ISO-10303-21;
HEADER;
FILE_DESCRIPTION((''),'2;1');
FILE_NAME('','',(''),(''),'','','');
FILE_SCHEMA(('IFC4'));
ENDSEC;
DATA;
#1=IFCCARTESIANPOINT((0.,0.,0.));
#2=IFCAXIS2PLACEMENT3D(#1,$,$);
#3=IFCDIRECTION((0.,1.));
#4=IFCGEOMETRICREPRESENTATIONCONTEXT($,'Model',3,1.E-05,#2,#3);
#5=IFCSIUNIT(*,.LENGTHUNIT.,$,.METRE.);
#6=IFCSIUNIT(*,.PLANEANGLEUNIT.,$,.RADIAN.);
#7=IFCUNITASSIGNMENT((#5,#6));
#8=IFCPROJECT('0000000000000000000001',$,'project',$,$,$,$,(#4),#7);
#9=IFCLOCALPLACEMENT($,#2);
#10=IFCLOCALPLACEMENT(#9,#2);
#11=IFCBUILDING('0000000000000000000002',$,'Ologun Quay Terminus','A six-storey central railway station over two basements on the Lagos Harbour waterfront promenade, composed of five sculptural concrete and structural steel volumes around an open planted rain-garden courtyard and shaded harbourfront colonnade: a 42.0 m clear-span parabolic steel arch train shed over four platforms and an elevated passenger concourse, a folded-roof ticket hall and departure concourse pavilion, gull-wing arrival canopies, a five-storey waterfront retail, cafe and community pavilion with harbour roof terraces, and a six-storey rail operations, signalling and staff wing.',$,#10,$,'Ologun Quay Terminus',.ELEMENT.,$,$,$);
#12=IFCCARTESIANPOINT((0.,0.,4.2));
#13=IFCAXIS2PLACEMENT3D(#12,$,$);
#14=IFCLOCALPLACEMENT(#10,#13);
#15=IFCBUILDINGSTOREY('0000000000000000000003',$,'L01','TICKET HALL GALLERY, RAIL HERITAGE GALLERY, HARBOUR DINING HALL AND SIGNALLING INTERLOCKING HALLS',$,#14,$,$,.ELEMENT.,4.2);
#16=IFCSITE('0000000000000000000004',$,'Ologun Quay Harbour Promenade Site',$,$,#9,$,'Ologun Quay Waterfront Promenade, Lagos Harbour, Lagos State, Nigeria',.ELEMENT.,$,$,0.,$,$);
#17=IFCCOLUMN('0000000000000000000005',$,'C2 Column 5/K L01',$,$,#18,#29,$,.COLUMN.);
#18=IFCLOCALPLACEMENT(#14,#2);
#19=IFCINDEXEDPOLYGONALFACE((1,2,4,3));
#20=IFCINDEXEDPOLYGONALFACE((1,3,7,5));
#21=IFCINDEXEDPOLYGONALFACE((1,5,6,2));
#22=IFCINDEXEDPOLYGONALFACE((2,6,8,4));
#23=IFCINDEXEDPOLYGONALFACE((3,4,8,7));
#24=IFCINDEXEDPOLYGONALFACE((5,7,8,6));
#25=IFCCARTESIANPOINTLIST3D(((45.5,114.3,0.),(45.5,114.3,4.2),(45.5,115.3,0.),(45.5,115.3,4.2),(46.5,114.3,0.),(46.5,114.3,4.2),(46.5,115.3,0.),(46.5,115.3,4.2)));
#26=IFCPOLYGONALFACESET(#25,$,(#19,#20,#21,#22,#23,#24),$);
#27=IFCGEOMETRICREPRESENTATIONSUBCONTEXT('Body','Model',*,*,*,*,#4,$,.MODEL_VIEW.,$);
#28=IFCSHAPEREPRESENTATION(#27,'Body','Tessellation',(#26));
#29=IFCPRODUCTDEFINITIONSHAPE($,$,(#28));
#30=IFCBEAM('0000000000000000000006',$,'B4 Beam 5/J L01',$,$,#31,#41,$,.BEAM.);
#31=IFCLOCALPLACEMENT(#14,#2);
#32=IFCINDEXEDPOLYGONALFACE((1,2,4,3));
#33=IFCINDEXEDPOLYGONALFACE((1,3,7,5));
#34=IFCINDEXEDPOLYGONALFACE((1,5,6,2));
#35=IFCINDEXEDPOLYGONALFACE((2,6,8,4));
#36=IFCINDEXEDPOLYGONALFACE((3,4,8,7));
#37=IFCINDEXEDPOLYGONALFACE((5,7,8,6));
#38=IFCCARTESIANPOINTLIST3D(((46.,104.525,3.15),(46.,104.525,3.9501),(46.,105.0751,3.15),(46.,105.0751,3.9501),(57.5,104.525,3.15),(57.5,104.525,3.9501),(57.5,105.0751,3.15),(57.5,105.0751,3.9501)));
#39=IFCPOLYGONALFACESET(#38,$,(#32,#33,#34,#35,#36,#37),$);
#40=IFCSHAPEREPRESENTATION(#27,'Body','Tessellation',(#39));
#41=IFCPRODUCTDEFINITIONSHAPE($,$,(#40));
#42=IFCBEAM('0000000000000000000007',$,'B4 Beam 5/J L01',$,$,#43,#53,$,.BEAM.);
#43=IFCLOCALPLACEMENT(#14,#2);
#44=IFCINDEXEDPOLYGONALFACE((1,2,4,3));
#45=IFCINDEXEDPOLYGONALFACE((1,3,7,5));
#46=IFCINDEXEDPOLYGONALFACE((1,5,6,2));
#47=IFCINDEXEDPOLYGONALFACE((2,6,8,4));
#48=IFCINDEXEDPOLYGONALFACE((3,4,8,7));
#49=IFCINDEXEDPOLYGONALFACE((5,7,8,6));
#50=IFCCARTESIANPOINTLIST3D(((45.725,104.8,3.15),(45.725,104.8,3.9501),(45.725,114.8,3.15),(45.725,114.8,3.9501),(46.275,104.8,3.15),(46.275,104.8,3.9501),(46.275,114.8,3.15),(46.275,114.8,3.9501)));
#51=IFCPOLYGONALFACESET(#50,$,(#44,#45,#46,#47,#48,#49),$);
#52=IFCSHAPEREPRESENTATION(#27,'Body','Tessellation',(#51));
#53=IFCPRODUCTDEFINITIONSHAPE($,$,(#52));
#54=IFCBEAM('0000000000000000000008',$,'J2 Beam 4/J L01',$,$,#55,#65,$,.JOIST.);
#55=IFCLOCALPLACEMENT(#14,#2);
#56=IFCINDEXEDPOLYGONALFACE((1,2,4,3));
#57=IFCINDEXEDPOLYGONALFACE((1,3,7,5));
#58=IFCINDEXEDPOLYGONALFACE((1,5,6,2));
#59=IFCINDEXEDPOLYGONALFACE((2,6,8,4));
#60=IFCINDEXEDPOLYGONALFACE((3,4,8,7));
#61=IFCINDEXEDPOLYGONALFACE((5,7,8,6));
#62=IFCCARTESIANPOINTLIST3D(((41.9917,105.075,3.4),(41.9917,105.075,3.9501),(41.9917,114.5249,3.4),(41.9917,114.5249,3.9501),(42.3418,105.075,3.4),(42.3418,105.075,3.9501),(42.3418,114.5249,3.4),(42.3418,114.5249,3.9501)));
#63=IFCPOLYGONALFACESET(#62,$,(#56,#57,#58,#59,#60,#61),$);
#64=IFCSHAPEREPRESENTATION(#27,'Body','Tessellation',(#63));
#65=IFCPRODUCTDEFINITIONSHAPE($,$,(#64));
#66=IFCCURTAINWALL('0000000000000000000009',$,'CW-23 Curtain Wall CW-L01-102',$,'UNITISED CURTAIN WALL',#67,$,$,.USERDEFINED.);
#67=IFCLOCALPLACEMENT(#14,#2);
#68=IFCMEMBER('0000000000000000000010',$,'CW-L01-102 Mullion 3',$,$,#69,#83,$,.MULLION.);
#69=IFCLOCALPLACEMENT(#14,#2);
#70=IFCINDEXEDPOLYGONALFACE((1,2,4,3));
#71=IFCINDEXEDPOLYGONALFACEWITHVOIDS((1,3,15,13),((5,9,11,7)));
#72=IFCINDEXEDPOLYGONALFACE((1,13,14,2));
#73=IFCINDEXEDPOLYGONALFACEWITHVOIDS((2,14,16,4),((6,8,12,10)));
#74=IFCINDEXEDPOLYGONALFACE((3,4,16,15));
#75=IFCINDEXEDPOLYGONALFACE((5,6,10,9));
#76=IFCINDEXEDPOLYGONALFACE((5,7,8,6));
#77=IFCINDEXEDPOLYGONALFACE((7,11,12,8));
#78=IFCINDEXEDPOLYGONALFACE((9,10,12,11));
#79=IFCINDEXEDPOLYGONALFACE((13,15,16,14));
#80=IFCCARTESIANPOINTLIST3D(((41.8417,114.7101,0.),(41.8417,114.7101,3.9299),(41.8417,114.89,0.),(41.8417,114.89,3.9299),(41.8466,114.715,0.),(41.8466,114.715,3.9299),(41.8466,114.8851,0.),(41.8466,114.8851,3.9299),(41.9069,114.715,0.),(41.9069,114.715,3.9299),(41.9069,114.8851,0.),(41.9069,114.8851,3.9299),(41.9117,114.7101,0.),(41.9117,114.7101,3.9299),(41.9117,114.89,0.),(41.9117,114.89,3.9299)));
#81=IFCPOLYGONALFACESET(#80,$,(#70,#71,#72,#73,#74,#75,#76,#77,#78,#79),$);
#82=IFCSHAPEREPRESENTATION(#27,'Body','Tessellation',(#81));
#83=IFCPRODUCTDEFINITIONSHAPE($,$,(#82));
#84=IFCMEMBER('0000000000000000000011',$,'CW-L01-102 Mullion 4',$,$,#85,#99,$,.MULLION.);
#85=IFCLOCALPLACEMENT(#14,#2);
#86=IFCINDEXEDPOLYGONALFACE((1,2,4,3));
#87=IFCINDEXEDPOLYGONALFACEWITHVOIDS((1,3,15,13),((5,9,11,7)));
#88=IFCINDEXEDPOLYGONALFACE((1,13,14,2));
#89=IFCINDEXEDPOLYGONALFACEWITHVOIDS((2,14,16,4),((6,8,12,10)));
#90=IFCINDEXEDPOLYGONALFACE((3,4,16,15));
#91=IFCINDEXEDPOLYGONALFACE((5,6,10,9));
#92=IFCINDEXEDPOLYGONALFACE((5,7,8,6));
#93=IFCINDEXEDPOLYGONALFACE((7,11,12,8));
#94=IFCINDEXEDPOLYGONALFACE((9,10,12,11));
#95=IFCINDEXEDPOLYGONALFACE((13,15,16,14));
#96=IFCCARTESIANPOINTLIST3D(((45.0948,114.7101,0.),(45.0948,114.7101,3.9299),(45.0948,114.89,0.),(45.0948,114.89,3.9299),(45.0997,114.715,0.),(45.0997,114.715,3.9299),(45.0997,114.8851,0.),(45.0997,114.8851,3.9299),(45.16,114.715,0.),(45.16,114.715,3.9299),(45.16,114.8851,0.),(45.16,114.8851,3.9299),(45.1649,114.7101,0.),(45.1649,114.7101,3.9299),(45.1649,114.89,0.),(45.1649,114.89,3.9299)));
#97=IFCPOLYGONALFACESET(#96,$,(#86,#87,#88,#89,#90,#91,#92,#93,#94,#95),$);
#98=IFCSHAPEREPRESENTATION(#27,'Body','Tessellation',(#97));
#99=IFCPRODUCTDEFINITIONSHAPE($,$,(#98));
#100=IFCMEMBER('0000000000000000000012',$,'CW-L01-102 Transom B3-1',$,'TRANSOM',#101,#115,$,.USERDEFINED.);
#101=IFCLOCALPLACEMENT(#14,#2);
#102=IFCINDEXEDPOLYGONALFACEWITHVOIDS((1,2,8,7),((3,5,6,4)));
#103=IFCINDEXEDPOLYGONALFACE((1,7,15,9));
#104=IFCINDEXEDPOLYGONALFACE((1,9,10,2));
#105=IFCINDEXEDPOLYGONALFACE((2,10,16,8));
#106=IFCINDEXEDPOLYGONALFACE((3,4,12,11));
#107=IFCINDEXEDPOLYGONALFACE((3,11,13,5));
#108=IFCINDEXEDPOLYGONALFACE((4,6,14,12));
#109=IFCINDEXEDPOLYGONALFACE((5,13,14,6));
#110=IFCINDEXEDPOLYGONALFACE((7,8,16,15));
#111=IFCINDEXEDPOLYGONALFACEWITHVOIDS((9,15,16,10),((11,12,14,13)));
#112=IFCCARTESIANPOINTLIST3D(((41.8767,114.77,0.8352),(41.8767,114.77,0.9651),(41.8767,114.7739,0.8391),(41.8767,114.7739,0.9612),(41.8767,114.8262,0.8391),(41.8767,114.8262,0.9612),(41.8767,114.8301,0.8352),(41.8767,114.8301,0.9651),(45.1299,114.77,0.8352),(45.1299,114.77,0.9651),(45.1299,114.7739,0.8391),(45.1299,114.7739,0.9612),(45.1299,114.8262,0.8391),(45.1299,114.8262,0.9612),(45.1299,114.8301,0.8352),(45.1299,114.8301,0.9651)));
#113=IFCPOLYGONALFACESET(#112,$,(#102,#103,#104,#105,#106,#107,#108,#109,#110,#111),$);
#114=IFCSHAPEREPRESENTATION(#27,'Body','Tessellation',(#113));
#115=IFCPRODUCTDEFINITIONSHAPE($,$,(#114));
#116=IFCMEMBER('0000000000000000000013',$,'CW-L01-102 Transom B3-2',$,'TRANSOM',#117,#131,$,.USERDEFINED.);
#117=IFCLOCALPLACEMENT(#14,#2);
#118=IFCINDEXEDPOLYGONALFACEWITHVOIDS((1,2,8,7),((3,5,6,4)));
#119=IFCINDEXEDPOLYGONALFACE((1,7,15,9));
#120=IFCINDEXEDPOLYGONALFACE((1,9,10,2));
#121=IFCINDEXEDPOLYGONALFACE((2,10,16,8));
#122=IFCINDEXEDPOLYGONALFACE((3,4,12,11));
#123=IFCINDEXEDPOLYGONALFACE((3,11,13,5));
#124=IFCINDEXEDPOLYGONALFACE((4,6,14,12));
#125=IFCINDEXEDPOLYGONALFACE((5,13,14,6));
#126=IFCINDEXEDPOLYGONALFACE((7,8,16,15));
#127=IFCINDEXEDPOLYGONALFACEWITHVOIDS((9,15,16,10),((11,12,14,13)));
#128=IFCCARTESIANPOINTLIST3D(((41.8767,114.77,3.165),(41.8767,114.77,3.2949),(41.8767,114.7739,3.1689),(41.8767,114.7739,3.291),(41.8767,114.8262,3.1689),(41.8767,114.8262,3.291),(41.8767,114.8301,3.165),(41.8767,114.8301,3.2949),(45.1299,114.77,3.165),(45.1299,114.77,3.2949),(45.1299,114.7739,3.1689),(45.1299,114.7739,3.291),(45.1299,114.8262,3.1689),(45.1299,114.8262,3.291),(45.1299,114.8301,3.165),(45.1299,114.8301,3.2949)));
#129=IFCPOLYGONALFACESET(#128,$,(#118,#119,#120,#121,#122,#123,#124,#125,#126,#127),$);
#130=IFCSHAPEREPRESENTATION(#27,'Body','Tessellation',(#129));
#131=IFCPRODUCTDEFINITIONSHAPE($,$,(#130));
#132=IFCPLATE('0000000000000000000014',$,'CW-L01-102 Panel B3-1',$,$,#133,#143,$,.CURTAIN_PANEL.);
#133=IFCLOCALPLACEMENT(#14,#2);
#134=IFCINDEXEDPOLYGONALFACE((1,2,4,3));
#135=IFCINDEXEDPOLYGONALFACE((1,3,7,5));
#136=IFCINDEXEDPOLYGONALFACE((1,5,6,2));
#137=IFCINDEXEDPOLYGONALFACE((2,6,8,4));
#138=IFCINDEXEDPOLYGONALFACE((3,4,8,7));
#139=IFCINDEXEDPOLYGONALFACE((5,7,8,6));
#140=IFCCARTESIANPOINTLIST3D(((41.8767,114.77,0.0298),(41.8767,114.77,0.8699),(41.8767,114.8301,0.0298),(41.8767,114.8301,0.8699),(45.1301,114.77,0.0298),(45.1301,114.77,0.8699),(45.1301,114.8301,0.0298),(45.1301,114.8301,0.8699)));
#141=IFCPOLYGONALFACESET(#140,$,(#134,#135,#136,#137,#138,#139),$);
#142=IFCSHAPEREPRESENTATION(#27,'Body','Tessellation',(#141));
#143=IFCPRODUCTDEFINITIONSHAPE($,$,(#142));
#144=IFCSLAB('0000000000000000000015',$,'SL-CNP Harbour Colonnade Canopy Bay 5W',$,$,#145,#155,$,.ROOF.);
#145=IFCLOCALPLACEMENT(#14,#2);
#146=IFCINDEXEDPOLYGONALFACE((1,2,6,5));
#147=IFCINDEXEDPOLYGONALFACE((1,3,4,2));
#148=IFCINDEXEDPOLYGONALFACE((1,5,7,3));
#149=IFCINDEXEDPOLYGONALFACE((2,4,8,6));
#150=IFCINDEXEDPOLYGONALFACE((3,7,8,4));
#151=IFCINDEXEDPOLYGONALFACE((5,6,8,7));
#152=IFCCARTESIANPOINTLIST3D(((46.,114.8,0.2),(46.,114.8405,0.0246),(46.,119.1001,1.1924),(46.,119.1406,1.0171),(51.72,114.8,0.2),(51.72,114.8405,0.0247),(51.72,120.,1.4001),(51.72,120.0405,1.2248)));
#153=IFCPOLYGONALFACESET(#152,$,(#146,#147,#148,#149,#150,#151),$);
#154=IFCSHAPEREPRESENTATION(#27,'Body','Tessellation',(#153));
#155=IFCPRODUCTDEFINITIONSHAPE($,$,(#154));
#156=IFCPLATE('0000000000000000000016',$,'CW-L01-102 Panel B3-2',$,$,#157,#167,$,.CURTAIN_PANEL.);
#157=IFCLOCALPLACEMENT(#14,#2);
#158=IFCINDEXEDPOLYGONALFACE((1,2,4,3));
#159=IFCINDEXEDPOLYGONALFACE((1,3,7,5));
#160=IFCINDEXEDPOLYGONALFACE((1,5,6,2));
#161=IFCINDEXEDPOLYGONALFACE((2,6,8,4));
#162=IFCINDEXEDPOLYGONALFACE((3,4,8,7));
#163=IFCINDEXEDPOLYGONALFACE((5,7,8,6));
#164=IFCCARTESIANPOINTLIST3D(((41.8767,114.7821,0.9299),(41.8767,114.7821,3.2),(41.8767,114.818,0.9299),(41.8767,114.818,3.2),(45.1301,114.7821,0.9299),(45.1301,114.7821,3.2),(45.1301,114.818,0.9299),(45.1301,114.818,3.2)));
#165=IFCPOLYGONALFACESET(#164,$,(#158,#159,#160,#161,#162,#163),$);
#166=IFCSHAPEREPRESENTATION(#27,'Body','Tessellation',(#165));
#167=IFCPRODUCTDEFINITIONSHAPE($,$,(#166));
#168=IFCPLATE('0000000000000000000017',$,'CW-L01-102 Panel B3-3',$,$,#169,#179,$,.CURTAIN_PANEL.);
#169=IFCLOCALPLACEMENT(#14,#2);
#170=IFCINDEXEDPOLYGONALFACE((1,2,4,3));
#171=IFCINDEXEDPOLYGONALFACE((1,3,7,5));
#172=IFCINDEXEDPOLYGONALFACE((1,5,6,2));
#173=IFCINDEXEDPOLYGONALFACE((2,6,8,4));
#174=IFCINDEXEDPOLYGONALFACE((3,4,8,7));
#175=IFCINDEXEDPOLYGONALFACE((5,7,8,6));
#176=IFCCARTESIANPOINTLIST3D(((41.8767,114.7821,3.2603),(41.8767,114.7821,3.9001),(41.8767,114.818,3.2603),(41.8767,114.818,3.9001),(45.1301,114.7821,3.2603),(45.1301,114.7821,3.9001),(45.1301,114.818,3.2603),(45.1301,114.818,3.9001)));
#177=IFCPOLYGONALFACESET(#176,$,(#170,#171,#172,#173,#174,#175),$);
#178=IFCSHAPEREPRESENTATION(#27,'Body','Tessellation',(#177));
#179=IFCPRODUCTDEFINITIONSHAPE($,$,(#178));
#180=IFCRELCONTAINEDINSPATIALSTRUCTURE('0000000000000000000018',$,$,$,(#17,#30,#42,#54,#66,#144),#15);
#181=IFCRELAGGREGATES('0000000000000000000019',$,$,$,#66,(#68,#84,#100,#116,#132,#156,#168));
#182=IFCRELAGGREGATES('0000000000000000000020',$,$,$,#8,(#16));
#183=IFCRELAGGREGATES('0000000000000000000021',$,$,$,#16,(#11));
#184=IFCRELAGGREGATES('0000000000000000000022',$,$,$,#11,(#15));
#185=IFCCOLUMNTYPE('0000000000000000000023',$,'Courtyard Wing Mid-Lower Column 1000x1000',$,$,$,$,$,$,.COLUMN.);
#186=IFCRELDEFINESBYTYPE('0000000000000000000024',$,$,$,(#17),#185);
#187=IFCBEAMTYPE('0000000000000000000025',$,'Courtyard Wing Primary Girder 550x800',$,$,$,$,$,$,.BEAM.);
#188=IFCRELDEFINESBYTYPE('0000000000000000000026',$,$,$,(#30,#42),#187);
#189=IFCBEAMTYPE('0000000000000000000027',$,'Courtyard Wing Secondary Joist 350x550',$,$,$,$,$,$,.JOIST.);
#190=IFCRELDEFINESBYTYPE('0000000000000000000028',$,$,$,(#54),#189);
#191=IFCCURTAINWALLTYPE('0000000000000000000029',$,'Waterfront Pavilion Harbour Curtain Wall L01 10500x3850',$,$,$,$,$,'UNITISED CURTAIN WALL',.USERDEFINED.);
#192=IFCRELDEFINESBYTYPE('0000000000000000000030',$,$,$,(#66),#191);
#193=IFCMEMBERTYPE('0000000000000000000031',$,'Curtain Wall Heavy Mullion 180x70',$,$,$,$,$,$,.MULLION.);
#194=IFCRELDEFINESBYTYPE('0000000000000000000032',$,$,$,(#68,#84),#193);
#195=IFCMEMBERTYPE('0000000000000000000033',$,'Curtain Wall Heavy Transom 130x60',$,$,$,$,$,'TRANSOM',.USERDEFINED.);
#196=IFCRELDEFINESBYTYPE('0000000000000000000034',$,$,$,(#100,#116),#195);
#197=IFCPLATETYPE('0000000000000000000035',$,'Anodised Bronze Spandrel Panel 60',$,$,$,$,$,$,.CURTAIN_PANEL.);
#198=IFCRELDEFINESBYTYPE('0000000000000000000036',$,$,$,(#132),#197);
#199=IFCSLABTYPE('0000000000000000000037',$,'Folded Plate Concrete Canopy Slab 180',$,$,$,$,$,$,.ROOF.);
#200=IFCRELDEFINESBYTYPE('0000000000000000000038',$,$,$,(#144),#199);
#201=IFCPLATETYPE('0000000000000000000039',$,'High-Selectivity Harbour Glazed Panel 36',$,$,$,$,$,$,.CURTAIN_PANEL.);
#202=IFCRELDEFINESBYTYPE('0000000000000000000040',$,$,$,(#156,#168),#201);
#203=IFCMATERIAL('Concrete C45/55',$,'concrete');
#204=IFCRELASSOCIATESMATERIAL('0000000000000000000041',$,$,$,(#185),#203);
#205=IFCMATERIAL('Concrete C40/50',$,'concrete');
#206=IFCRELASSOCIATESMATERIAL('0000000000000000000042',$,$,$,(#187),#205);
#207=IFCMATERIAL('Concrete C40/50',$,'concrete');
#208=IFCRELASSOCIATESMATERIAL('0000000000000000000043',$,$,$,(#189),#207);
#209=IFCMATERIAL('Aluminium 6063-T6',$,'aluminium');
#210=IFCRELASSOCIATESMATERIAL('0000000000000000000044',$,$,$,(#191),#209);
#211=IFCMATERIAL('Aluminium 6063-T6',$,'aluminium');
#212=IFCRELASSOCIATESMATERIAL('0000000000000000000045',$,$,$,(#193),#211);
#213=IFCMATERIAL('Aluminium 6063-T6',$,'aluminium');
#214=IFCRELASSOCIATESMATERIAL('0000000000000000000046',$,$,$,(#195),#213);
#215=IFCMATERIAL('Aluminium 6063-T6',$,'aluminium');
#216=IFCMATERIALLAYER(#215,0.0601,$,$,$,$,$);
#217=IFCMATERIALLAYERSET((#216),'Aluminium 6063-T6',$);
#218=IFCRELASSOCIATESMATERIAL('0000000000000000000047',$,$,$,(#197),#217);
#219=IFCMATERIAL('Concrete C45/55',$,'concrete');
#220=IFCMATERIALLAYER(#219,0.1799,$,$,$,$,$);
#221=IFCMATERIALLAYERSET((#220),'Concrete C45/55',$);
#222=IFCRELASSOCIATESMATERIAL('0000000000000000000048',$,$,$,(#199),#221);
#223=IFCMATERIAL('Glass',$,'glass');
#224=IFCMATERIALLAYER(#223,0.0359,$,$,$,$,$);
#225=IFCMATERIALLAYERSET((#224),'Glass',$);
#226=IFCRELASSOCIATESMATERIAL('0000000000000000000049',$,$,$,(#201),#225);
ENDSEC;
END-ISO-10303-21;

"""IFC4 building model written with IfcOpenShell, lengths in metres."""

from ifc_helpers import new_model, si_unit, direction, frame, origin, origin_2d, place, context, subcontext, project, spatial, polyline, rectangle, hollow_rectangle, outline, extrude, material, layer, layer_set, material_profile, profile_set, type_object, element, aggregate, save


model = new_model("IFC4")

# Units and contexts
model_context = context("Model", 3, precision=1e-05, world=origin(), true_north=direction((0.0, 1.0)))
body_context = subcontext(model_context, "Body", "Model", "MODEL_VIEW")
ifc_project = project(units=[si_unit("LENGTHUNIT", "METRE"), si_unit("PLANEANGLEUNIT", "RADIAN")], contexts=[model_context])

# Site, building, storey
site_placement = place(None, origin())
site = spatial("IfcSite", under=ifc_project, at=site_placement, Name="Ologun Quay Harbour Promenade Site", LongName="Ologun Quay Waterfront Promenade, Lagos Harbour, Lagos State, Nigeria", CompositionType="ELEMENT", RefElevation=0.0)
building_placement = place(site_placement, origin())
building = spatial("IfcBuilding", under=site, at=building_placement, Name="Ologun Quay Terminus", Description="A six-storey central railway station over two basements on the Lagos Harbour waterfront promenade, composed of five sculptural concrete and structural steel volumes around an open planted rain-garden courtyard and shaded harbourfront colonnade: a 42.0 m clear-span parabolic steel arch train shed over four platforms and an elevated passenger concourse, a folded-roof ticket hall and departure concourse pavilion, gull-wing arrival canopies, a five-storey waterfront retail, cafe and community pavilion with harbour roof terraces, and a six-storey rail operations, signalling and staff wing.", LongName="Ologun Quay Terminus", CompositionType="ELEMENT")
storey_placement = place(building_placement, frame((0.0, 0.0, 4.2)))
storey = spatial("IfcBuildingStorey", under=building, at=storey_placement, Name="L01", Description="TICKET HALL GALLERY, RAIL HERITAGE GALLERY, HARBOUR DINING HALL AND SIGNALLING INTERLOCKING HALLS", CompositionType="ELEMENT", Elevation=4.2)

# Column
ifc_material_1 = material(Name="Concrete C45/55", Category="concrete")
ifc_material_profile_1 = material_profile(ifc_material_1, rectangle(XDim=1.0, YDim=1.0, at=origin_2d()), Name="RC 1000x1000")
ifc_profile_set_1 = profile_set([ifc_material_profile_1], Name="Concrete C45/55")
column_type = type_object("IfcColumnType", Name="Courtyard Wing Mid-Lower Column 1000x1000", PredefinedType="COLUMN", material=ifc_profile_set_1)
column_placement = place(storey_placement, frame((46.0, 114.8, 0.0), z_axis=(0.0, 0.0, 1.0), x_axis=(1.0, 0.0, 0.0)))
element("IfcColumn", 1, at=column_placement, inside=storey, type_object=column_type, Name="C2 Column 5/K L01", PredefinedType="COLUMN", context=body_context, shape_type="SweptSolid", body=[
    extrude(rectangle(XDim=1.0, YDim=1.0, at=origin_2d()), origin(), (0.0, 0.0, 1.0), 4.2),
])

# Beams
ifc_material_2 = material(Name="Concrete C40/50", Category="concrete")
ifc_material_profile_2 = material_profile(ifc_material_2, rectangle(XDim=0.55, YDim=0.8, at=origin_2d()), Name="RC 550x800")
ifc_profile_set_2 = profile_set([ifc_material_profile_2], Name="Concrete C40/50")
beam_type_1 = type_object("IfcBeamType", Name="Courtyard Wing Primary Girder 550x800", PredefinedType="BEAM", material=ifc_profile_set_2)
beam_1_placement = place(storey_placement, frame((46.0, 104.8, 3.55), z_axis=(1.0, 0.0, 0.0), x_axis=(0.0, 1.0, 0.0)))
element("IfcBeam", 2, at=beam_1_placement, inside=storey, type_object=beam_type_1, Name="B4 Beam 5/J L01", PredefinedType="BEAM", context=body_context, shape_type="SweptSolid", body=[
    extrude(rectangle(XDim=0.55, YDim=0.8, at=origin_2d()), origin(), (0.0, 0.0, 1.0), 11.5),
])
beam_2_placement = place(storey_placement, frame((46.0, 104.8, 3.55), z_axis=(0.0, 1.0, 0.0), x_axis=(-1.0, 0.0, 0.0)))
element("IfcBeam", 3, at=beam_2_placement, inside=storey, type_object=beam_type_1, Name="B4 Beam 5/J L01", PredefinedType="BEAM", context=body_context, shape_type="SweptSolid", body=[
    extrude(rectangle(XDim=0.55, YDim=0.8, at=origin_2d()), origin(), (0.0, 0.0, 1.0), 10.0),
])
ifc_material_3 = material(Name="Concrete C40/50", Category="concrete")
ifc_material_profile_3 = material_profile(ifc_material_3, rectangle(XDim=0.3501, YDim=0.55, at=origin_2d()), Name="RC 350x550")
ifc_profile_set_3 = profile_set([ifc_material_profile_3], Name="Concrete C40/50")
beam_type_2 = type_object("IfcBeamType", Name="Courtyard Wing Secondary Joist 350x550", PredefinedType="JOIST", material=ifc_profile_set_3)
beam_3_placement = place(storey_placement, frame((42.1667, 105.075, 3.675), z_axis=(0.0, 1.0, 0.0), x_axis=(-1.0, 0.0, 0.0)))
element("IfcBeam", 4, at=beam_3_placement, inside=storey, type_object=beam_type_2, Name="J2 Beam 4/J L01", PredefinedType="JOIST", context=body_context, shape_type="SweptSolid", body=[
    extrude(rectangle(XDim=0.3501, YDim=0.55, at=origin_2d()), origin(), (0.0, 0.0, 1.0), 9.45),
])

# Curtain wall, members, plate
ifc_material_4 = material(Name="Aluminium 6063-T6", Category="aluminium")
curtain_wall_type = type_object("IfcCurtainWallType", Name="Waterfront Pavilion Harbour Curtain Wall L01 10500x3850", ElementType="UNITISED CURTAIN WALL", PredefinedType="USERDEFINED", material=ifc_material_4)
curtain_wall_placement = place(storey_placement, origin())
curtain_wall = element("IfcCurtainWall", 5, at=curtain_wall_placement, inside=storey, type_object=curtain_wall_type, Name="CW-23 Curtain Wall CW-L01-102", ObjectType="UNITISED CURTAIN WALL", PredefinedType="USERDEFINED")
ifc_material_5 = material(Name="Aluminium 6063-T6", Category="aluminium")
ifc_material_profile_4 = material_profile(ifc_material_5, hollow_rectangle(XDim=0.0701, YDim=0.1799, WallThickness=0.0049, at=origin_2d()), Name="ALU 180x70x5")
ifc_profile_set_4 = profile_set([ifc_material_profile_4], Name="Aluminium 6063-T6")
member_type_1 = type_object("IfcMemberType", Name="Curtain Wall Heavy Mullion 180x70", PredefinedType="MULLION", material=ifc_profile_set_4)
member_1_placement = place(storey_placement, frame((41.8767, 114.8, 0.0), z_axis=(0.0, 0.0, 1.0), x_axis=(1.0, 0.0, 0.0)))
member_1 = element("IfcMember", 6, at=member_1_placement, type_object=member_type_1, Name="CW-L01-102 Mullion 3", PredefinedType="MULLION", context=body_context, shape_type="SweptSolid", body=[
    extrude(hollow_rectangle(XDim=0.0701, YDim=0.1799, WallThickness=0.0049, at=origin_2d()), origin(), (0.0, 0.0, 1.0), 3.9299),
])
member_2_placement = place(storey_placement, frame((45.1299, 114.8, 0.0), z_axis=(0.0, 0.0, 1.0), x_axis=(1.0, 0.0, 0.0)))
member_2 = element("IfcMember", 7, at=member_2_placement, type_object=member_type_1, Name="CW-L01-102 Mullion 4", PredefinedType="MULLION", context=body_context, shape_type="SweptSolid", body=[
    extrude(hollow_rectangle(XDim=0.0701, YDim=0.1799, WallThickness=0.0049, at=origin_2d()), origin(), (0.0, 0.0, 1.0), 3.9299),
])
ifc_material_6 = material(Name="Aluminium 6063-T6", Category="aluminium")
ifc_material_profile_5 = material_profile(ifc_material_6, hollow_rectangle(XDim=0.0601, YDim=0.1299, WallThickness=0.0039, at=origin_2d()), Name="ALU 130x60x4")
ifc_profile_set_5 = profile_set([ifc_material_profile_5], Name="Aluminium 6063-T6")
member_type_2 = type_object("IfcMemberType", Name="Curtain Wall Heavy Transom 130x60", ElementType="TRANSOM", PredefinedType="USERDEFINED", material=ifc_profile_set_5)
member_3_placement = place(storey_placement, frame((41.8767, 114.8, 0.9001), z_axis=(1.0, 0.0, 0.0), x_axis=(0.0, 1.0, 0.0)))
member_3 = element("IfcMember", 8, at=member_3_placement, type_object=member_type_2, Name="CW-L01-102 Transom B3-1", ObjectType="TRANSOM", PredefinedType="USERDEFINED", context=body_context, shape_type="SweptSolid", body=[
    extrude(hollow_rectangle(XDim=0.0601, YDim=0.1299, WallThickness=0.0039, at=origin_2d()), origin(), (0.0, 0.0, 1.0), 3.2532),
])
member_4_placement = place(storey_placement, frame((41.8767, 114.8, 3.23), z_axis=(1.0, 0.0, 0.0), x_axis=(0.0, 1.0, 0.0)))
member_4 = element("IfcMember", 9, at=member_4_placement, type_object=member_type_2, Name="CW-L01-102 Transom B3-2", ObjectType="TRANSOM", PredefinedType="USERDEFINED", context=body_context, shape_type="SweptSolid", body=[
    extrude(hollow_rectangle(XDim=0.0601, YDim=0.1299, WallThickness=0.0039, at=origin_2d()), origin(), (0.0, 0.0, 1.0), 3.2532),
])
ifc_material_7 = material(Name="Aluminium 6063-T6", Category="aluminium")
ifc_layer_1 = layer(ifc_material_7, 0.0601)
ifc_layer_set_1 = layer_set([ifc_layer_1], Name="Aluminium 6063-T6")
plate_type_1 = type_object("IfcPlateType", Name="Anodised Bronze Spandrel Panel 60", PredefinedType="CURTAIN_PANEL", material=ifc_layer_set_1)
plate_1_placement = place(storey_placement, frame((43.5034, 114.8, 0.0298), z_axis=(0.0, 0.0, 1.0), x_axis=(1.0, 0.0, 0.0)))
plate_1 = element("IfcPlate", 10, at=plate_1_placement, type_object=plate_type_1, Name="CW-L01-102 Panel B3-1", PredefinedType="CURTAIN_PANEL", context=body_context, shape_type="SweptSolid", body=[
    extrude(rectangle(XDim=3.2534, YDim=0.0601, at=origin_2d()), origin(), (0.0, 0.0, 1.0), 0.8401),
])

# Slab
ifc_material_8 = material(Name="Concrete C45/55", Category="concrete")
ifc_layer_2 = layer(ifc_material_8, 0.1799)
ifc_layer_set_2 = layer_set([ifc_layer_2], Name="Concrete C45/55")
slab_type = type_object("IfcSlabType", Name="Folded Plate Concrete Canopy Slab 180", PredefinedType="ROOF", material=ifc_layer_set_2)
slab_placement = place(storey_placement, frame((46.0, 114.8, 0.2), z_axis=(-0.000005, -0.224891, 0.974384), x_axis=(1.0, -0.000001, 0.000005)))
element("IfcSlab", 11, at=slab_placement, inside=storey, type_object=slab_type, Name="SL-CNP Harbour Colonnade Canopy Bay 5W", PredefinedType="ROOF", context=body_context, shape_type="SweptSolid", body=[
    extrude(outline(polyline([(0.0, 0.0), (5.72, 0.0), (5.72, 5.3367), (0.0, 4.4131), (0.0, 0.0)])), origin(), (0.0, 0.0, -1.0), 0.1799),
])

# Plates
ifc_material_9 = material(Name="Glass", Category="glass")
ifc_layer_3 = layer(ifc_material_9, 0.0359)
ifc_layer_set_3 = layer_set([ifc_layer_3], Name="Glass")
plate_type_2 = type_object("IfcPlateType", Name="High-Selectivity Harbour Glazed Panel 36", PredefinedType="CURTAIN_PANEL", material=ifc_layer_set_3)
plate_2_placement = place(storey_placement, frame((43.5034, 114.8, 0.9299), z_axis=(0.0, 0.0, 1.0), x_axis=(1.0, 0.0, 0.0)))
plate_2 = element("IfcPlate", 12, at=plate_2_placement, type_object=plate_type_2, Name="CW-L01-102 Panel B3-2", PredefinedType="CURTAIN_PANEL", context=body_context, shape_type="SweptSolid", body=[
    extrude(rectangle(XDim=3.2534, YDim=0.0359, at=origin_2d()), origin(), (0.0, 0.0, 1.0), 2.27),
])
plate_3_placement = place(storey_placement, frame((43.5034, 114.8, 3.2603), z_axis=(0.0, 0.0, 1.0), x_axis=(1.0, 0.0, 0.0)))
plate_3 = element("IfcPlate", 13, at=plate_3_placement, type_object=plate_type_2, Name="CW-L01-102 Panel B3-3", PredefinedType="CURTAIN_PANEL", context=body_context, shape_type="SweptSolid", body=[
    extrude(rectangle(XDim=3.2534, YDim=0.0359, at=origin_2d()), origin(), (0.0, 0.0, 1.0), 0.6399),
])
aggregate(curtain_wall, [member_1, member_2, member_3, member_4, plate_1, plate_2, plate_3])

save(model, "model.ifc")
